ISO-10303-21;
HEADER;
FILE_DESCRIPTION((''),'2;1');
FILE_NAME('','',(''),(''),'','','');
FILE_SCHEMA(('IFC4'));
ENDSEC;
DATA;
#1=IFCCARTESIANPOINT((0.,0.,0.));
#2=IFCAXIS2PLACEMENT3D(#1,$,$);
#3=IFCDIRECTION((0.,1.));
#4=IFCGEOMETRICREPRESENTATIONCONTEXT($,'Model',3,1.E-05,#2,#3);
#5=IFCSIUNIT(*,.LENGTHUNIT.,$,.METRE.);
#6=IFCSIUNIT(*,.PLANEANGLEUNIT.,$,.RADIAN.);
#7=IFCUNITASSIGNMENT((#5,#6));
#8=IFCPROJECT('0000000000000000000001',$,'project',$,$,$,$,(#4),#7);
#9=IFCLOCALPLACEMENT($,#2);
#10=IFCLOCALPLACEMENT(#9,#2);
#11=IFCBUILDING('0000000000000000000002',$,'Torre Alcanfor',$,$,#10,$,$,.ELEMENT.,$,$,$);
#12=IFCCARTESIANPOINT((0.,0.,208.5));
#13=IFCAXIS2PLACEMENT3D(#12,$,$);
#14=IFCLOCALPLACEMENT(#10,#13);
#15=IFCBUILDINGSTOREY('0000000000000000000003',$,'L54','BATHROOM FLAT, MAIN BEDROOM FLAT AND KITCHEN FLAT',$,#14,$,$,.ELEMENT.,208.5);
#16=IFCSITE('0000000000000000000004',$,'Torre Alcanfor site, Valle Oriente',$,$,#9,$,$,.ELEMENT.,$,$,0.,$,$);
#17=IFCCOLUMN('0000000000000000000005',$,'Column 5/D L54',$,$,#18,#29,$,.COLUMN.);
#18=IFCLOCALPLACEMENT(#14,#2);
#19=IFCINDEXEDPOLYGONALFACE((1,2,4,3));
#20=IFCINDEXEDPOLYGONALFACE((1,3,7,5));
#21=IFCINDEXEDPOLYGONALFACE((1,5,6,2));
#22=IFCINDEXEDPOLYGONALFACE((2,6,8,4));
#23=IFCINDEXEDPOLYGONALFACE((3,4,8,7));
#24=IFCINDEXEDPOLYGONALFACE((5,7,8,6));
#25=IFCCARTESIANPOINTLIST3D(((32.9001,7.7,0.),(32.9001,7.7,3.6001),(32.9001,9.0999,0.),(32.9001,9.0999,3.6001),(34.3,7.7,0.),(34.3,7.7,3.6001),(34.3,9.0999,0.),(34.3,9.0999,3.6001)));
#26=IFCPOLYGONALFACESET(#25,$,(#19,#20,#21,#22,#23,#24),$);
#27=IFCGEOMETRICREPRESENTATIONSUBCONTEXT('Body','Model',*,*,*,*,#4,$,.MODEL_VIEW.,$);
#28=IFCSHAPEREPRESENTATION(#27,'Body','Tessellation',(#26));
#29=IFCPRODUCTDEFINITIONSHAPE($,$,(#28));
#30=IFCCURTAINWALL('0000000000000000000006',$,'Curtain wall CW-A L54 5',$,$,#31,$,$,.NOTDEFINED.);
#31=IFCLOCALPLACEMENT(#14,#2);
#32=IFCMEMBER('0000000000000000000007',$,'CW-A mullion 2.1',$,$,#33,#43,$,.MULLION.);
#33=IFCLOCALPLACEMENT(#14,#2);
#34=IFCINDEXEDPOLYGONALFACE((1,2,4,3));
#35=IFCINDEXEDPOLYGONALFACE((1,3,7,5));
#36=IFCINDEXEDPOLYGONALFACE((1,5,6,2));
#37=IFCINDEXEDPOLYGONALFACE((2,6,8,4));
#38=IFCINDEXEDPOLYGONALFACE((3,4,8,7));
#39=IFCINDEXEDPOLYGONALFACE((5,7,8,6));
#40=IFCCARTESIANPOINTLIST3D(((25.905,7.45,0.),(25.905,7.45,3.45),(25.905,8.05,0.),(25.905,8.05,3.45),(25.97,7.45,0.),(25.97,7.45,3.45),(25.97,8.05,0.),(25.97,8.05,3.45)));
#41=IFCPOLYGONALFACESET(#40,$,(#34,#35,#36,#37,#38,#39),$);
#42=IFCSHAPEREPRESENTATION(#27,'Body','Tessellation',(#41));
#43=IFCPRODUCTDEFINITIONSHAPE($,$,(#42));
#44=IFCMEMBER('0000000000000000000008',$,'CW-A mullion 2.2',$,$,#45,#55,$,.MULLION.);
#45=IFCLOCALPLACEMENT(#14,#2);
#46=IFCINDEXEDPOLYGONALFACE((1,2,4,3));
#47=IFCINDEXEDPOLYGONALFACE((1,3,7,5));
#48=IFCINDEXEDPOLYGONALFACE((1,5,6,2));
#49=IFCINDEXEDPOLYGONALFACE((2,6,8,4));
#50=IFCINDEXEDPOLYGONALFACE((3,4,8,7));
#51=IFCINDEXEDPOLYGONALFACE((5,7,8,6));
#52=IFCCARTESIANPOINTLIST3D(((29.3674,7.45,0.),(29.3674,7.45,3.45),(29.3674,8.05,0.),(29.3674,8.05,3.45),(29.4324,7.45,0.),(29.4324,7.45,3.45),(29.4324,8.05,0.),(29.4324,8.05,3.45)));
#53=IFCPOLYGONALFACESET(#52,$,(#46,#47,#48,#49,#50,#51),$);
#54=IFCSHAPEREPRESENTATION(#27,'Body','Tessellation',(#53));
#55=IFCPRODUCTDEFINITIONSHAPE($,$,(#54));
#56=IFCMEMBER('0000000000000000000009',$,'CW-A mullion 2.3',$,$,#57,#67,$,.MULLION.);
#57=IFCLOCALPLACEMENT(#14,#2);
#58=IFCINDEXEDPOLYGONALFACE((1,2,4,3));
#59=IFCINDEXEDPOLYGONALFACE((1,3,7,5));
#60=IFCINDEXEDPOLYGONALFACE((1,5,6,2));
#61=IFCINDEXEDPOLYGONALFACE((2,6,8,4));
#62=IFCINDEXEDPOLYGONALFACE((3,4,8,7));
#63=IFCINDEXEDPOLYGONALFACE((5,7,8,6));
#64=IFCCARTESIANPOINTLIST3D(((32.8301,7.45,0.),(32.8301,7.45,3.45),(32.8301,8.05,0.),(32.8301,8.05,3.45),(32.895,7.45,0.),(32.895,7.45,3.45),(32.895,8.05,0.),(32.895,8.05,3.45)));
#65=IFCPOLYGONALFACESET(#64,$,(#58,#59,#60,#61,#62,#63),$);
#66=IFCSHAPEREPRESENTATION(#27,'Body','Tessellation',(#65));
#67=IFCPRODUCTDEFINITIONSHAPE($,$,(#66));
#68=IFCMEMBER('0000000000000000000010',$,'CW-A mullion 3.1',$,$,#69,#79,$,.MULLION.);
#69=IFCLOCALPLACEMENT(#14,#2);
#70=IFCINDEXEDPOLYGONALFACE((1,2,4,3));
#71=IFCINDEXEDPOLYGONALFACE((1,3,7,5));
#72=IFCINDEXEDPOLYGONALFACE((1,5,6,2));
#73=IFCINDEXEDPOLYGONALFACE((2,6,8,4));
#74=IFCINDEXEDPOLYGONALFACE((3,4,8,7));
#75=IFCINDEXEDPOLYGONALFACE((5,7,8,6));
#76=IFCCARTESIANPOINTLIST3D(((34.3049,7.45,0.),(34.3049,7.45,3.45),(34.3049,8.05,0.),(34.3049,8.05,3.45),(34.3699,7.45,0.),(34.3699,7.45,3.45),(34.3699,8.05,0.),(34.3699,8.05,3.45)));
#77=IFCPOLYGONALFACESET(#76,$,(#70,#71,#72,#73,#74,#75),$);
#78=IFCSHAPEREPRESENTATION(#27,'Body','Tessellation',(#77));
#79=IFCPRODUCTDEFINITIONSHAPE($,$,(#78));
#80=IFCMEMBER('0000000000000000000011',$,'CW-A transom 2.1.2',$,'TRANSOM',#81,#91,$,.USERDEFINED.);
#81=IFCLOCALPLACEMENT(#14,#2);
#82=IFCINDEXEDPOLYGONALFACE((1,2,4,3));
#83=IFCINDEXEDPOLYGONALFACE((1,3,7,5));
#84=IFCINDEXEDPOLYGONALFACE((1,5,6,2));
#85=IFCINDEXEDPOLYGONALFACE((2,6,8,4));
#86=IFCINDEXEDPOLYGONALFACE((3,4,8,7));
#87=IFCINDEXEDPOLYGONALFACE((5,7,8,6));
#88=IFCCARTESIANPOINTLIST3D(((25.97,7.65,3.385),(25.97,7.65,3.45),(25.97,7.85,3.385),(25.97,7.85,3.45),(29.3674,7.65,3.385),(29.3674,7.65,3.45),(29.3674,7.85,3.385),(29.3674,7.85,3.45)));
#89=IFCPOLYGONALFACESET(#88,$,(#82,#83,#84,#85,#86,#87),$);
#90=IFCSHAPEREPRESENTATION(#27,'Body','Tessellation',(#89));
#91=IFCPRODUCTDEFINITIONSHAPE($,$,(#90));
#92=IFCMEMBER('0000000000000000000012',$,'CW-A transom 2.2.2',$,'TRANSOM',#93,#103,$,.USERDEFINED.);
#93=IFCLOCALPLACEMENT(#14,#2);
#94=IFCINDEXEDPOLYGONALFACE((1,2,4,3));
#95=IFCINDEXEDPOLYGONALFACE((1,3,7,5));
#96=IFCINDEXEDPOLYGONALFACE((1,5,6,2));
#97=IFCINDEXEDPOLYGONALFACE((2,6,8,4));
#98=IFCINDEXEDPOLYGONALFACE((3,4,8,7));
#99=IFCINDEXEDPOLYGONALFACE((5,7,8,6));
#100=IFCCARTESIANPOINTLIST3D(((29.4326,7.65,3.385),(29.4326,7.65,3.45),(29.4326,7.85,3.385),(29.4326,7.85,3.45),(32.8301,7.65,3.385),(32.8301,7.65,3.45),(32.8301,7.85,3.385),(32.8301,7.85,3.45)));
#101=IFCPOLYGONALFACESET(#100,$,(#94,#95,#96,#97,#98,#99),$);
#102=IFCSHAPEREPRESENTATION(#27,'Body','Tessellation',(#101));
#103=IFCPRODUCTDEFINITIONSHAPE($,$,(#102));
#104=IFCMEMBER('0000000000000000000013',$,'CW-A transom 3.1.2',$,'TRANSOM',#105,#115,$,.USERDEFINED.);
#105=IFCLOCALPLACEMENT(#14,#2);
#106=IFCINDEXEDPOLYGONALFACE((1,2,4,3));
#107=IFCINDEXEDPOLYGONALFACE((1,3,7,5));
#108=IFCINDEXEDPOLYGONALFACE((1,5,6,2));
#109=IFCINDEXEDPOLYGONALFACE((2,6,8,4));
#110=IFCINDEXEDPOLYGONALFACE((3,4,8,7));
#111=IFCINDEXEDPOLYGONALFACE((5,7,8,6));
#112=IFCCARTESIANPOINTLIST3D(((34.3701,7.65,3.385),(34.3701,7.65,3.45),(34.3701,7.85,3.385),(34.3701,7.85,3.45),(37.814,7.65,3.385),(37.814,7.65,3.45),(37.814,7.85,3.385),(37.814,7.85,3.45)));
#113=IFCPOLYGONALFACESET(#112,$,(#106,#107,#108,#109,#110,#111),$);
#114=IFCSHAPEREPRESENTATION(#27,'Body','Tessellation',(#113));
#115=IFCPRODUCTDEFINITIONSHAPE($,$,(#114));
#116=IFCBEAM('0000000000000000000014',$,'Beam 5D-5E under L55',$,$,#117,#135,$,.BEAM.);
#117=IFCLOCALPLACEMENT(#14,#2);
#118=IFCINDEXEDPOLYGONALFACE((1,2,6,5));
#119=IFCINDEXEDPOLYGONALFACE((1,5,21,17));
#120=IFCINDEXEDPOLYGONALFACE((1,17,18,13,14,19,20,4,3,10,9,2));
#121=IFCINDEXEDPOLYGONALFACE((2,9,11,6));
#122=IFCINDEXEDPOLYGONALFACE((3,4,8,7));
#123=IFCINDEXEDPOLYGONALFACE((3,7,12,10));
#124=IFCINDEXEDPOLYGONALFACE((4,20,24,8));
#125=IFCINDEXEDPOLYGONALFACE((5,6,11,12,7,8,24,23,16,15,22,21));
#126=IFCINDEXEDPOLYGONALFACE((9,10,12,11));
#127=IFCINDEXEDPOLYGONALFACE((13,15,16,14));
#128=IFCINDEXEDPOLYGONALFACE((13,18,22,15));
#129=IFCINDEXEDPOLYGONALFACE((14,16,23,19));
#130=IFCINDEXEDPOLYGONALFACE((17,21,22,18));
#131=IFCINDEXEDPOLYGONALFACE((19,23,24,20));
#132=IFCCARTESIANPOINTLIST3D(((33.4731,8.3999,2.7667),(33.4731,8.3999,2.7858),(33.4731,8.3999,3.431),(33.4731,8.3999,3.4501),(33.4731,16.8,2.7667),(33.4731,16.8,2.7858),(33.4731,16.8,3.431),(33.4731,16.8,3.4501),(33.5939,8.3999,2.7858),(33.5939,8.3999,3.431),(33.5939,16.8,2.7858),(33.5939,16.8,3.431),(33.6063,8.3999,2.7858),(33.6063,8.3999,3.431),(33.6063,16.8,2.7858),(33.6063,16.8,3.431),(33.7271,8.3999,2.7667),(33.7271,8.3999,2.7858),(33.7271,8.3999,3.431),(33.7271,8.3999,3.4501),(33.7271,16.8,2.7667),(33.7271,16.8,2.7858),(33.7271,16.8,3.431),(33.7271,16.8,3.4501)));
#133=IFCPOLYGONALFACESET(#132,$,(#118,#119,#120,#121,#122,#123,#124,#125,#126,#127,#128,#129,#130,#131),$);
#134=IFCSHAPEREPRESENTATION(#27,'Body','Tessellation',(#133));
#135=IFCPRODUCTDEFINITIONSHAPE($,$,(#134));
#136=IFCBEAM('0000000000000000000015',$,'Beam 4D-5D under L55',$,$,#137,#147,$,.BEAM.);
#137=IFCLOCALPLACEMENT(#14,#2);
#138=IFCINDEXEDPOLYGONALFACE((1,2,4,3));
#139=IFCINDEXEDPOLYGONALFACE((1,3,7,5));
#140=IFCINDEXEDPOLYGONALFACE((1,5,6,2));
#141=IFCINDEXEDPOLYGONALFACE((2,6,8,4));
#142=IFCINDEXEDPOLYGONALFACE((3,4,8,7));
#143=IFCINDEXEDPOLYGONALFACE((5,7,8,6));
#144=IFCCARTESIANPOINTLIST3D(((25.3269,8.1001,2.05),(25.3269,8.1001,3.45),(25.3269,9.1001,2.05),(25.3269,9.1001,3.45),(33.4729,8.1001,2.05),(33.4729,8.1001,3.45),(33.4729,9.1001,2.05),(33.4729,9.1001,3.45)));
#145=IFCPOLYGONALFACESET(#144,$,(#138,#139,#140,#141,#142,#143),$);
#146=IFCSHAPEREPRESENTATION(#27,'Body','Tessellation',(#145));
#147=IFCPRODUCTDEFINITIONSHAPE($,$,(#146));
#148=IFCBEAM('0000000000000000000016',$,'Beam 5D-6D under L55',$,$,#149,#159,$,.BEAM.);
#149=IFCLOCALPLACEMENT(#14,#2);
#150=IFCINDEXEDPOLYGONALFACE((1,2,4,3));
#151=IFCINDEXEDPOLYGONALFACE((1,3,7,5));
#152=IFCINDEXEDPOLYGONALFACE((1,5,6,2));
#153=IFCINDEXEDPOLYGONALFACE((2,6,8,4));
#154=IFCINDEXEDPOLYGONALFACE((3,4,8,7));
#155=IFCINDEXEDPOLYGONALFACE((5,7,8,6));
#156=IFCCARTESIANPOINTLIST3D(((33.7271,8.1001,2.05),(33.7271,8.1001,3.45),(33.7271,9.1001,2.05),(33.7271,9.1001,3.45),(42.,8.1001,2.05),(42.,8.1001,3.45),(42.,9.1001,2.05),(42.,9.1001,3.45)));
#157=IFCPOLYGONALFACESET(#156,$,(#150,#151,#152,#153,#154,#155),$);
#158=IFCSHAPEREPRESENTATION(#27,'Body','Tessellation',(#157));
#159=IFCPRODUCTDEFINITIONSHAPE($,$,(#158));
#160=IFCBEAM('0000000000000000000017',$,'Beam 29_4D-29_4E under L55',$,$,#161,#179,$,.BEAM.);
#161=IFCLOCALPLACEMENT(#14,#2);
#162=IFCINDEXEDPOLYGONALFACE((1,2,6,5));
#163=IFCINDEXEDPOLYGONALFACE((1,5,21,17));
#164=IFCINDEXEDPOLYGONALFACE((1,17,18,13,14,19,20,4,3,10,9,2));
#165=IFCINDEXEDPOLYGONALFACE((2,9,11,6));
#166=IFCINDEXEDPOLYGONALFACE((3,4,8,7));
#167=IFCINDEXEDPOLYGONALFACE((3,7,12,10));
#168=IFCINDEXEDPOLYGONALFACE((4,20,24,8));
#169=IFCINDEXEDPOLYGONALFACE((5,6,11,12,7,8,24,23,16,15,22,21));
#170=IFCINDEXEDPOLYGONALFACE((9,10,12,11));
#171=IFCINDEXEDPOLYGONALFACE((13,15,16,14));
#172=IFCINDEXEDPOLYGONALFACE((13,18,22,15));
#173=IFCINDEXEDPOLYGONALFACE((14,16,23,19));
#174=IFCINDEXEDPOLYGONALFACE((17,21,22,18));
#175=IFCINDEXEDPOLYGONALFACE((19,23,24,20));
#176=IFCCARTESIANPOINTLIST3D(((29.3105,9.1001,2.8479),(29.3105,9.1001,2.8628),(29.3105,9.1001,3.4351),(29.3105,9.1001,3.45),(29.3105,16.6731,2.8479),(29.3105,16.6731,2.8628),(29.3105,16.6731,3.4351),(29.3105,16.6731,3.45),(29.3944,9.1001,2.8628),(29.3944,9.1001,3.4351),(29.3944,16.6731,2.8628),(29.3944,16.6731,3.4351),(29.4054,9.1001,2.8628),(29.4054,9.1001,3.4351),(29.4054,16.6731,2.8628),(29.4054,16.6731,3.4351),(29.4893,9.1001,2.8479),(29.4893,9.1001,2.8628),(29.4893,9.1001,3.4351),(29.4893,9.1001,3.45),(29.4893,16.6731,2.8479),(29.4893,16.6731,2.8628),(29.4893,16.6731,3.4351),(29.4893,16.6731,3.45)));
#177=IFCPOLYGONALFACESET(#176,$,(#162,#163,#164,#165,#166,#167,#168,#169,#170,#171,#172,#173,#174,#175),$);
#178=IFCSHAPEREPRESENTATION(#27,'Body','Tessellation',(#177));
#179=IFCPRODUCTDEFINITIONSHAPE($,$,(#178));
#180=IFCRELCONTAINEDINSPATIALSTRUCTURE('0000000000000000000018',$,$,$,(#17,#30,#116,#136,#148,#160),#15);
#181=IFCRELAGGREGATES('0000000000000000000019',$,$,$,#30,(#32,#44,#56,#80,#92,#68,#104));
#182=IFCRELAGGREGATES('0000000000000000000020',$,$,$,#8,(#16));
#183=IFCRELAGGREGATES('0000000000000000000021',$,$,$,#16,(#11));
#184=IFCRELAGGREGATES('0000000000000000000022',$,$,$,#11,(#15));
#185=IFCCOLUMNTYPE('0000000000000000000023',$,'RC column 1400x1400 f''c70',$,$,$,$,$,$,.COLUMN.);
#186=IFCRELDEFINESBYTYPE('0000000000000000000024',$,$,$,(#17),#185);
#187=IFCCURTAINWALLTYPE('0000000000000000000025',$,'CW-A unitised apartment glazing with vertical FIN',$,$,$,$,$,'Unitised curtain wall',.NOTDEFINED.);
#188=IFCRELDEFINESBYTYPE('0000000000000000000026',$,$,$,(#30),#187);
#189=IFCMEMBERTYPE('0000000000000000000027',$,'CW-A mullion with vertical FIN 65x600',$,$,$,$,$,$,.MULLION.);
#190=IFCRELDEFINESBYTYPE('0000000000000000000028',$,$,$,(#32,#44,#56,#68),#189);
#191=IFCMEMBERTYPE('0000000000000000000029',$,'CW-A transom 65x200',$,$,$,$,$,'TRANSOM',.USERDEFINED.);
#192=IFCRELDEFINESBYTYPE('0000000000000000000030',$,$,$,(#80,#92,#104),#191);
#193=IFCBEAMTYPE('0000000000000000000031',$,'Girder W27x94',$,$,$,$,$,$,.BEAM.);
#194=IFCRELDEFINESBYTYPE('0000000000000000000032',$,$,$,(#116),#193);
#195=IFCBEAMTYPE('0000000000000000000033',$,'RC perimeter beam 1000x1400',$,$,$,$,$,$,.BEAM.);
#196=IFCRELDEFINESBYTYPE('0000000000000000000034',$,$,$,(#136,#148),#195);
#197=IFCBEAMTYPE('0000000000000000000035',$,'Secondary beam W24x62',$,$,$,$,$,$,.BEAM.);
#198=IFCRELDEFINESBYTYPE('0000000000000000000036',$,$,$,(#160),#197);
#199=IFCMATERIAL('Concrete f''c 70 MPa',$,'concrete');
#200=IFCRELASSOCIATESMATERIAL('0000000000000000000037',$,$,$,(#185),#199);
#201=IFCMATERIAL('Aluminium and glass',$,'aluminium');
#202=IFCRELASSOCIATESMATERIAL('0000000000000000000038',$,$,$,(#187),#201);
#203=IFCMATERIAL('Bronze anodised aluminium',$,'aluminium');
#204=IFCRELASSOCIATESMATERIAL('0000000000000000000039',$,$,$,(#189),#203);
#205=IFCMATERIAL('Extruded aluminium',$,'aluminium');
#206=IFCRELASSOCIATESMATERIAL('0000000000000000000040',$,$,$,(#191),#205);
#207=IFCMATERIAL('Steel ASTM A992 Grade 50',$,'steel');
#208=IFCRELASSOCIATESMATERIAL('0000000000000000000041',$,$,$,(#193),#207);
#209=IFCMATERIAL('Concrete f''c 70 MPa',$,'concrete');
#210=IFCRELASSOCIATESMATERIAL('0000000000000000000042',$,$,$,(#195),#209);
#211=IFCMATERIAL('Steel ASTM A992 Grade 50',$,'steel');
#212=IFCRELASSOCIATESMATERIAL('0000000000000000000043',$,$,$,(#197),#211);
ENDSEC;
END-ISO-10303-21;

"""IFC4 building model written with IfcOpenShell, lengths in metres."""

from ifc_helpers import new_model, si_unit, direction, frame, origin, origin_2d, place, context, subcontext, project, spatial, rectangle, i_section, extrude, material, material_profile, profile_set, type_object, element, aggregate, save


model = new_model("IFC4")

# Units and contexts
model_context = context("Model", 3, precision=1e-05, world=origin(), true_north=direction((0.0, 1.0)))
body_context = subcontext(model_context, "Body", "Model", "MODEL_VIEW")
ifc_project = project(units=[si_unit("LENGTHUNIT", "METRE"), si_unit("PLANEANGLEUNIT", "RADIAN")], contexts=[model_context])

# Site, building, storey
site_placement = place(None, origin())
site = spatial("IfcSite", under=ifc_project, at=site_placement, Name="Torre Alcanfor site, Valle Oriente", CompositionType="ELEMENT", RefElevation=0.0)
building_placement = place(site_placement, origin())
building = spatial("IfcBuilding", under=site, at=building_placement, Name="Torre Alcanfor", CompositionType="ELEMENT")
storey_placement = place(building_placement, frame((0.0, 0.0, 208.5)))
storey = spatial("IfcBuildingStorey", under=building, at=storey_placement, Name="L54", Description="BATHROOM FLAT, MAIN BEDROOM FLAT AND KITCHEN FLAT", CompositionType="ELEMENT", Elevation=208.5)

# Column
ifc_material_1 = material(Name="Concrete f'c 70 MPa", Category="concrete")
ifc_material_profile_1 = material_profile(ifc_material_1, rectangle(XDim=1.3999, YDim=1.3999, at=origin_2d()), Name="1400x1400")
ifc_profile_set_1 = profile_set([ifc_material_profile_1], Name="Concrete f'c 70 MPa")
column_type = type_object("IfcColumnType", Name="RC column 1400x1400 f'c70", PredefinedType="COLUMN", material=ifc_profile_set_1)
column_placement = place(storey_placement, frame((33.6001, 8.3999, 0.0), z_axis=(0.0, 0.0, 1.0), x_axis=(1.0, 0.0, 0.0)))
element("IfcColumn", 1, at=column_placement, inside=storey, type_object=column_type, Name="Column 5/D L54", PredefinedType="COLUMN", context=body_context, shape_type="SweptSolid", body=[
    extrude(rectangle(XDim=1.3999, YDim=1.3999, at=origin_2d()), origin(), (0.0, 0.0, 1.0), 3.6001),
])

# Curtain wall, members
ifc_material_2 = material(Name="Aluminium and glass", Category="aluminium")
curtain_wall_type = type_object("IfcCurtainWallType", Name="CW-A unitised apartment glazing with vertical FIN", ElementType="Unitised curtain wall", PredefinedType="NOTDEFINED", material=ifc_material_2)
curtain_wall_placement = place(storey_placement, origin())
curtain_wall = element("IfcCurtainWall", 2, at=curtain_wall_placement, inside=storey, type_object=curtain_wall_type, Name="Curtain wall CW-A L54 5", PredefinedType="NOTDEFINED")
ifc_material_3 = material(Name="Bronze anodised aluminium", Category="aluminium")
ifc_material_profile_2 = material_profile(ifc_material_3, rectangle(XDim=0.6001, YDim=0.0649, at=origin_2d()), Name="CW-A mullion 65x600")
ifc_profile_set_2 = profile_set([ifc_material_profile_2], Name="Bronze anodised aluminium")
member_type_1 = type_object("IfcMemberType", Name="CW-A mullion with vertical FIN 65x600", PredefinedType="MULLION", material=ifc_profile_set_2)
member_1_placement = place(storey_placement, frame((25.9375, 7.75, 0.0), z_axis=(0.0, 0.0, 1.0), x_axis=(0.0, 1.0, 0.0)))
member_1 = element("IfcMember", 3, at=member_1_placement, type_object=member_type_1, Name="CW-A mullion 2.1", PredefinedType="MULLION", context=body_context, shape_type="SweptSolid", body=[
    extrude(rectangle(XDim=0.6001, YDim=0.0649, at=origin_2d()), origin(), (0.0, 0.0, 1.0), 3.45),
])
member_2_placement = place(storey_placement, frame((29.3999, 7.75, 0.0), z_axis=(0.0, 0.0, 1.0), x_axis=(0.0, 1.0, 0.0)))
member_2 = element("IfcMember", 4, at=member_2_placement, type_object=member_type_1, Name="CW-A mullion 2.2", PredefinedType="MULLION", context=body_context, shape_type="SweptSolid", body=[
    extrude(rectangle(XDim=0.6001, YDim=0.0649, at=origin_2d()), origin(), (0.0, 0.0, 1.0), 3.45),
])
member_3_placement = place(storey_placement, frame((32.8625, 7.75, 0.0), z_axis=(0.0, 0.0, 1.0), x_axis=(0.0, 1.0, 0.0)))
member_3 = element("IfcMember", 5, at=member_3_placement, type_object=member_type_1, Name="CW-A mullion 2.3", PredefinedType="MULLION", context=body_context, shape_type="SweptSolid", body=[
    extrude(rectangle(XDim=0.6001, YDim=0.0649, at=origin_2d()), origin(), (0.0, 0.0, 1.0), 3.45),
])
member_4_placement = place(storey_placement, frame((34.3374, 7.75, 0.0), z_axis=(0.0, 0.0, 1.0), x_axis=(0.0, 1.0, 0.0)))
member_4 = element("IfcMember", 6, at=member_4_placement, type_object=member_type_1, Name="CW-A mullion 3.1", PredefinedType="MULLION", context=body_context, shape_type="SweptSolid", body=[
    extrude(rectangle(XDim=0.6001, YDim=0.0649, at=origin_2d()), origin(), (0.0, 0.0, 1.0), 3.45),
])
ifc_material_4 = material(Name="Extruded aluminium", Category="aluminium")
ifc_material_profile_3 = material_profile(ifc_material_4, rectangle(XDim=0.2, YDim=0.0649, at=origin_2d()), Name="CW-A transom 200x65")
ifc_profile_set_3 = profile_set([ifc_material_profile_3], Name="Extruded aluminium")
member_type_2 = type_object("IfcMemberType", Name="CW-A transom 65x200", ElementType="TRANSOM", PredefinedType="USERDEFINED", material=ifc_profile_set_3)
member_5_placement = place(storey_placement, frame((25.97, 7.75, 3.4175), z_axis=(1.0, 0.0, 0.0), x_axis=(0.0, 1.0, 0.0)))
member_5 = element("IfcMember", 7, at=member_5_placement, type_object=member_type_2, Name="CW-A transom 2.1.2", ObjectType="TRANSOM", PredefinedType="USERDEFINED", context=body_context, shape_type="SweptSolid", body=[
    extrude(rectangle(XDim=0.2, YDim=0.0649, at=origin_2d()), origin(), (0.0, 0.0, 1.0), 3.3975),
])
member_6_placement = place(storey_placement, frame((29.4326, 7.75, 3.4175), z_axis=(1.0, 0.0, 0.0), x_axis=(0.0, 1.0, 0.0)))
member_6 = element("IfcMember", 8, at=member_6_placement, type_object=member_type_2, Name="CW-A transom 2.2.2", ObjectType="TRANSOM", PredefinedType="USERDEFINED", context=body_context, shape_type="SweptSolid", body=[
    extrude(rectangle(XDim=0.2, YDim=0.0649, at=origin_2d()), origin(), (0.0, 0.0, 1.0), 3.3975),
])
member_7_placement = place(storey_placement, frame((34.3701, 7.75, 3.4175), z_axis=(1.0, 0.0, 0.0), x_axis=(0.0, 1.0, 0.0)))
member_7 = element("IfcMember", 9, at=member_7_placement, type_object=member_type_2, Name="CW-A transom 3.1.2", ObjectType="TRANSOM", PredefinedType="USERDEFINED", context=body_context, shape_type="SweptSolid", body=[
    extrude(rectangle(XDim=0.2, YDim=0.0649, at=origin_2d()), origin(), (0.0, 0.0, 1.0), 3.4438),
])

# Beams
ifc_material_5 = material(Name="Steel ASTM A992 Grade 50", Category="steel")
ifc_material_profile_4 = material_profile(ifc_material_5, i_section(OverallWidth=0.2539, OverallDepth=0.6833, WebThickness=0.0125, FlangeThickness=0.019, at=origin_2d()), Name="W27x94")
ifc_profile_set_4 = profile_set([ifc_material_profile_4], Name="Steel ASTM A992 Grade 50")
beam_type_1 = type_object("IfcBeamType", Name="Girder W27x94", PredefinedType="BEAM", material=ifc_profile_set_4)
beam_1_placement = place(storey_placement, frame((33.6001, 8.3999, 3.1084), z_axis=(0.0, 1.0, 0.0), x_axis=(-1.0, 0.0, 0.0)))
element("IfcBeam", 10, at=beam_1_placement, inside=storey, type_object=beam_type_1, Name="Beam 5D-5E under L55", PredefinedType="BEAM", context=body_context, shape_type="SweptSolid", body=[
    extrude(i_section(OverallWidth=0.2539, OverallDepth=0.6833, WebThickness=0.0125, FlangeThickness=0.019, at=origin_2d()), origin(), (0.0, 0.0, 1.0), 8.4001),
])
ifc_material_6 = material(Name="Concrete f'c 70 MPa", Category="concrete")
ifc_material_profile_5 = material_profile(ifc_material_6, rectangle(XDim=1.0, YDim=1.3999, at=origin_2d()), Name="1000x1400")
ifc_profile_set_5 = profile_set([ifc_material_profile_5], Name="Concrete f'c 70 MPa")
beam_type_2 = type_object("IfcBeamType", Name="RC perimeter beam 1000x1400", PredefinedType="BEAM", material=ifc_profile_set_5)
beam_2_placement = place(storey_placement, frame((25.3269, 8.6001, 2.75), z_axis=(1.0, 0.0, 0.0), x_axis=(0.0, 1.0, 0.0)))
element("IfcBeam", 11, at=beam_2_placement, inside=storey, type_object=beam_type_2, Name="Beam 4D-5D under L55", PredefinedType="BEAM", context=body_context, shape_type="SweptSolid", body=[
    extrude(rectangle(XDim=1.0, YDim=1.3999, at=origin_2d()), origin(), (0.0, 0.0, 1.0), 8.146),
])
beam_3_placement = place(storey_placement, frame((33.7271, 8.6001, 2.75), z_axis=(1.0, 0.0, 0.0), x_axis=(0.0, 1.0, 0.0)))
element("IfcBeam", 12, at=beam_3_placement, inside=storey, type_object=beam_type_2, Name="Beam 5D-6D under L55", PredefinedType="BEAM", context=body_context, shape_type="SweptSolid", body=[
    extrude(rectangle(XDim=1.0, YDim=1.3999, at=origin_2d()), origin(), (0.0, 0.0, 1.0), 8.2729),
])
ifc_material_7 = material(Name="Steel ASTM A992 Grade 50", Category="steel")
ifc_material_profile_6 = material_profile(ifc_material_7, i_section(OverallWidth=0.1787, OverallDepth=0.6021, WebThickness=0.011, FlangeThickness=0.0149, at=origin_2d()), Name="W24x62")
ifc_profile_set_6 = profile_set([ifc_material_profile_6], Name="Steel ASTM A992 Grade 50")
beam_type_3 = type_object("IfcBeamType", Name="Secondary beam W24x62", PredefinedType="BEAM", material=ifc_profile_set_6)
for number, where, z_axis, x_axis, name in (
    (13, (29.3999, 9.1001, 3.1489), (0.0, 1.0, 0.0), (-1.0, 0.0, 0.0), "Beam 29_4D-29_4E under L55"),
):
    element("IfcBeam", number, at=place(storey_placement, frame(where, z_axis=z_axis, x_axis=x_axis)), inside=storey, type_object=beam_type_3, Name=name, PredefinedType="BEAM", context=body_context, shape_type="SweptSolid", body=[
        extrude(i_section(OverallWidth=0.1787, OverallDepth=0.6021, WebThickness=0.011, FlangeThickness=0.0149, at=origin_2d()), origin(), (0.0, 0.0, 1.0), 7.573),
    ])

aggregate(curtain_wall, [member_1, member_2, member_3, member_5, member_6, member_4, member_7])

save(model, "model.ifc")
